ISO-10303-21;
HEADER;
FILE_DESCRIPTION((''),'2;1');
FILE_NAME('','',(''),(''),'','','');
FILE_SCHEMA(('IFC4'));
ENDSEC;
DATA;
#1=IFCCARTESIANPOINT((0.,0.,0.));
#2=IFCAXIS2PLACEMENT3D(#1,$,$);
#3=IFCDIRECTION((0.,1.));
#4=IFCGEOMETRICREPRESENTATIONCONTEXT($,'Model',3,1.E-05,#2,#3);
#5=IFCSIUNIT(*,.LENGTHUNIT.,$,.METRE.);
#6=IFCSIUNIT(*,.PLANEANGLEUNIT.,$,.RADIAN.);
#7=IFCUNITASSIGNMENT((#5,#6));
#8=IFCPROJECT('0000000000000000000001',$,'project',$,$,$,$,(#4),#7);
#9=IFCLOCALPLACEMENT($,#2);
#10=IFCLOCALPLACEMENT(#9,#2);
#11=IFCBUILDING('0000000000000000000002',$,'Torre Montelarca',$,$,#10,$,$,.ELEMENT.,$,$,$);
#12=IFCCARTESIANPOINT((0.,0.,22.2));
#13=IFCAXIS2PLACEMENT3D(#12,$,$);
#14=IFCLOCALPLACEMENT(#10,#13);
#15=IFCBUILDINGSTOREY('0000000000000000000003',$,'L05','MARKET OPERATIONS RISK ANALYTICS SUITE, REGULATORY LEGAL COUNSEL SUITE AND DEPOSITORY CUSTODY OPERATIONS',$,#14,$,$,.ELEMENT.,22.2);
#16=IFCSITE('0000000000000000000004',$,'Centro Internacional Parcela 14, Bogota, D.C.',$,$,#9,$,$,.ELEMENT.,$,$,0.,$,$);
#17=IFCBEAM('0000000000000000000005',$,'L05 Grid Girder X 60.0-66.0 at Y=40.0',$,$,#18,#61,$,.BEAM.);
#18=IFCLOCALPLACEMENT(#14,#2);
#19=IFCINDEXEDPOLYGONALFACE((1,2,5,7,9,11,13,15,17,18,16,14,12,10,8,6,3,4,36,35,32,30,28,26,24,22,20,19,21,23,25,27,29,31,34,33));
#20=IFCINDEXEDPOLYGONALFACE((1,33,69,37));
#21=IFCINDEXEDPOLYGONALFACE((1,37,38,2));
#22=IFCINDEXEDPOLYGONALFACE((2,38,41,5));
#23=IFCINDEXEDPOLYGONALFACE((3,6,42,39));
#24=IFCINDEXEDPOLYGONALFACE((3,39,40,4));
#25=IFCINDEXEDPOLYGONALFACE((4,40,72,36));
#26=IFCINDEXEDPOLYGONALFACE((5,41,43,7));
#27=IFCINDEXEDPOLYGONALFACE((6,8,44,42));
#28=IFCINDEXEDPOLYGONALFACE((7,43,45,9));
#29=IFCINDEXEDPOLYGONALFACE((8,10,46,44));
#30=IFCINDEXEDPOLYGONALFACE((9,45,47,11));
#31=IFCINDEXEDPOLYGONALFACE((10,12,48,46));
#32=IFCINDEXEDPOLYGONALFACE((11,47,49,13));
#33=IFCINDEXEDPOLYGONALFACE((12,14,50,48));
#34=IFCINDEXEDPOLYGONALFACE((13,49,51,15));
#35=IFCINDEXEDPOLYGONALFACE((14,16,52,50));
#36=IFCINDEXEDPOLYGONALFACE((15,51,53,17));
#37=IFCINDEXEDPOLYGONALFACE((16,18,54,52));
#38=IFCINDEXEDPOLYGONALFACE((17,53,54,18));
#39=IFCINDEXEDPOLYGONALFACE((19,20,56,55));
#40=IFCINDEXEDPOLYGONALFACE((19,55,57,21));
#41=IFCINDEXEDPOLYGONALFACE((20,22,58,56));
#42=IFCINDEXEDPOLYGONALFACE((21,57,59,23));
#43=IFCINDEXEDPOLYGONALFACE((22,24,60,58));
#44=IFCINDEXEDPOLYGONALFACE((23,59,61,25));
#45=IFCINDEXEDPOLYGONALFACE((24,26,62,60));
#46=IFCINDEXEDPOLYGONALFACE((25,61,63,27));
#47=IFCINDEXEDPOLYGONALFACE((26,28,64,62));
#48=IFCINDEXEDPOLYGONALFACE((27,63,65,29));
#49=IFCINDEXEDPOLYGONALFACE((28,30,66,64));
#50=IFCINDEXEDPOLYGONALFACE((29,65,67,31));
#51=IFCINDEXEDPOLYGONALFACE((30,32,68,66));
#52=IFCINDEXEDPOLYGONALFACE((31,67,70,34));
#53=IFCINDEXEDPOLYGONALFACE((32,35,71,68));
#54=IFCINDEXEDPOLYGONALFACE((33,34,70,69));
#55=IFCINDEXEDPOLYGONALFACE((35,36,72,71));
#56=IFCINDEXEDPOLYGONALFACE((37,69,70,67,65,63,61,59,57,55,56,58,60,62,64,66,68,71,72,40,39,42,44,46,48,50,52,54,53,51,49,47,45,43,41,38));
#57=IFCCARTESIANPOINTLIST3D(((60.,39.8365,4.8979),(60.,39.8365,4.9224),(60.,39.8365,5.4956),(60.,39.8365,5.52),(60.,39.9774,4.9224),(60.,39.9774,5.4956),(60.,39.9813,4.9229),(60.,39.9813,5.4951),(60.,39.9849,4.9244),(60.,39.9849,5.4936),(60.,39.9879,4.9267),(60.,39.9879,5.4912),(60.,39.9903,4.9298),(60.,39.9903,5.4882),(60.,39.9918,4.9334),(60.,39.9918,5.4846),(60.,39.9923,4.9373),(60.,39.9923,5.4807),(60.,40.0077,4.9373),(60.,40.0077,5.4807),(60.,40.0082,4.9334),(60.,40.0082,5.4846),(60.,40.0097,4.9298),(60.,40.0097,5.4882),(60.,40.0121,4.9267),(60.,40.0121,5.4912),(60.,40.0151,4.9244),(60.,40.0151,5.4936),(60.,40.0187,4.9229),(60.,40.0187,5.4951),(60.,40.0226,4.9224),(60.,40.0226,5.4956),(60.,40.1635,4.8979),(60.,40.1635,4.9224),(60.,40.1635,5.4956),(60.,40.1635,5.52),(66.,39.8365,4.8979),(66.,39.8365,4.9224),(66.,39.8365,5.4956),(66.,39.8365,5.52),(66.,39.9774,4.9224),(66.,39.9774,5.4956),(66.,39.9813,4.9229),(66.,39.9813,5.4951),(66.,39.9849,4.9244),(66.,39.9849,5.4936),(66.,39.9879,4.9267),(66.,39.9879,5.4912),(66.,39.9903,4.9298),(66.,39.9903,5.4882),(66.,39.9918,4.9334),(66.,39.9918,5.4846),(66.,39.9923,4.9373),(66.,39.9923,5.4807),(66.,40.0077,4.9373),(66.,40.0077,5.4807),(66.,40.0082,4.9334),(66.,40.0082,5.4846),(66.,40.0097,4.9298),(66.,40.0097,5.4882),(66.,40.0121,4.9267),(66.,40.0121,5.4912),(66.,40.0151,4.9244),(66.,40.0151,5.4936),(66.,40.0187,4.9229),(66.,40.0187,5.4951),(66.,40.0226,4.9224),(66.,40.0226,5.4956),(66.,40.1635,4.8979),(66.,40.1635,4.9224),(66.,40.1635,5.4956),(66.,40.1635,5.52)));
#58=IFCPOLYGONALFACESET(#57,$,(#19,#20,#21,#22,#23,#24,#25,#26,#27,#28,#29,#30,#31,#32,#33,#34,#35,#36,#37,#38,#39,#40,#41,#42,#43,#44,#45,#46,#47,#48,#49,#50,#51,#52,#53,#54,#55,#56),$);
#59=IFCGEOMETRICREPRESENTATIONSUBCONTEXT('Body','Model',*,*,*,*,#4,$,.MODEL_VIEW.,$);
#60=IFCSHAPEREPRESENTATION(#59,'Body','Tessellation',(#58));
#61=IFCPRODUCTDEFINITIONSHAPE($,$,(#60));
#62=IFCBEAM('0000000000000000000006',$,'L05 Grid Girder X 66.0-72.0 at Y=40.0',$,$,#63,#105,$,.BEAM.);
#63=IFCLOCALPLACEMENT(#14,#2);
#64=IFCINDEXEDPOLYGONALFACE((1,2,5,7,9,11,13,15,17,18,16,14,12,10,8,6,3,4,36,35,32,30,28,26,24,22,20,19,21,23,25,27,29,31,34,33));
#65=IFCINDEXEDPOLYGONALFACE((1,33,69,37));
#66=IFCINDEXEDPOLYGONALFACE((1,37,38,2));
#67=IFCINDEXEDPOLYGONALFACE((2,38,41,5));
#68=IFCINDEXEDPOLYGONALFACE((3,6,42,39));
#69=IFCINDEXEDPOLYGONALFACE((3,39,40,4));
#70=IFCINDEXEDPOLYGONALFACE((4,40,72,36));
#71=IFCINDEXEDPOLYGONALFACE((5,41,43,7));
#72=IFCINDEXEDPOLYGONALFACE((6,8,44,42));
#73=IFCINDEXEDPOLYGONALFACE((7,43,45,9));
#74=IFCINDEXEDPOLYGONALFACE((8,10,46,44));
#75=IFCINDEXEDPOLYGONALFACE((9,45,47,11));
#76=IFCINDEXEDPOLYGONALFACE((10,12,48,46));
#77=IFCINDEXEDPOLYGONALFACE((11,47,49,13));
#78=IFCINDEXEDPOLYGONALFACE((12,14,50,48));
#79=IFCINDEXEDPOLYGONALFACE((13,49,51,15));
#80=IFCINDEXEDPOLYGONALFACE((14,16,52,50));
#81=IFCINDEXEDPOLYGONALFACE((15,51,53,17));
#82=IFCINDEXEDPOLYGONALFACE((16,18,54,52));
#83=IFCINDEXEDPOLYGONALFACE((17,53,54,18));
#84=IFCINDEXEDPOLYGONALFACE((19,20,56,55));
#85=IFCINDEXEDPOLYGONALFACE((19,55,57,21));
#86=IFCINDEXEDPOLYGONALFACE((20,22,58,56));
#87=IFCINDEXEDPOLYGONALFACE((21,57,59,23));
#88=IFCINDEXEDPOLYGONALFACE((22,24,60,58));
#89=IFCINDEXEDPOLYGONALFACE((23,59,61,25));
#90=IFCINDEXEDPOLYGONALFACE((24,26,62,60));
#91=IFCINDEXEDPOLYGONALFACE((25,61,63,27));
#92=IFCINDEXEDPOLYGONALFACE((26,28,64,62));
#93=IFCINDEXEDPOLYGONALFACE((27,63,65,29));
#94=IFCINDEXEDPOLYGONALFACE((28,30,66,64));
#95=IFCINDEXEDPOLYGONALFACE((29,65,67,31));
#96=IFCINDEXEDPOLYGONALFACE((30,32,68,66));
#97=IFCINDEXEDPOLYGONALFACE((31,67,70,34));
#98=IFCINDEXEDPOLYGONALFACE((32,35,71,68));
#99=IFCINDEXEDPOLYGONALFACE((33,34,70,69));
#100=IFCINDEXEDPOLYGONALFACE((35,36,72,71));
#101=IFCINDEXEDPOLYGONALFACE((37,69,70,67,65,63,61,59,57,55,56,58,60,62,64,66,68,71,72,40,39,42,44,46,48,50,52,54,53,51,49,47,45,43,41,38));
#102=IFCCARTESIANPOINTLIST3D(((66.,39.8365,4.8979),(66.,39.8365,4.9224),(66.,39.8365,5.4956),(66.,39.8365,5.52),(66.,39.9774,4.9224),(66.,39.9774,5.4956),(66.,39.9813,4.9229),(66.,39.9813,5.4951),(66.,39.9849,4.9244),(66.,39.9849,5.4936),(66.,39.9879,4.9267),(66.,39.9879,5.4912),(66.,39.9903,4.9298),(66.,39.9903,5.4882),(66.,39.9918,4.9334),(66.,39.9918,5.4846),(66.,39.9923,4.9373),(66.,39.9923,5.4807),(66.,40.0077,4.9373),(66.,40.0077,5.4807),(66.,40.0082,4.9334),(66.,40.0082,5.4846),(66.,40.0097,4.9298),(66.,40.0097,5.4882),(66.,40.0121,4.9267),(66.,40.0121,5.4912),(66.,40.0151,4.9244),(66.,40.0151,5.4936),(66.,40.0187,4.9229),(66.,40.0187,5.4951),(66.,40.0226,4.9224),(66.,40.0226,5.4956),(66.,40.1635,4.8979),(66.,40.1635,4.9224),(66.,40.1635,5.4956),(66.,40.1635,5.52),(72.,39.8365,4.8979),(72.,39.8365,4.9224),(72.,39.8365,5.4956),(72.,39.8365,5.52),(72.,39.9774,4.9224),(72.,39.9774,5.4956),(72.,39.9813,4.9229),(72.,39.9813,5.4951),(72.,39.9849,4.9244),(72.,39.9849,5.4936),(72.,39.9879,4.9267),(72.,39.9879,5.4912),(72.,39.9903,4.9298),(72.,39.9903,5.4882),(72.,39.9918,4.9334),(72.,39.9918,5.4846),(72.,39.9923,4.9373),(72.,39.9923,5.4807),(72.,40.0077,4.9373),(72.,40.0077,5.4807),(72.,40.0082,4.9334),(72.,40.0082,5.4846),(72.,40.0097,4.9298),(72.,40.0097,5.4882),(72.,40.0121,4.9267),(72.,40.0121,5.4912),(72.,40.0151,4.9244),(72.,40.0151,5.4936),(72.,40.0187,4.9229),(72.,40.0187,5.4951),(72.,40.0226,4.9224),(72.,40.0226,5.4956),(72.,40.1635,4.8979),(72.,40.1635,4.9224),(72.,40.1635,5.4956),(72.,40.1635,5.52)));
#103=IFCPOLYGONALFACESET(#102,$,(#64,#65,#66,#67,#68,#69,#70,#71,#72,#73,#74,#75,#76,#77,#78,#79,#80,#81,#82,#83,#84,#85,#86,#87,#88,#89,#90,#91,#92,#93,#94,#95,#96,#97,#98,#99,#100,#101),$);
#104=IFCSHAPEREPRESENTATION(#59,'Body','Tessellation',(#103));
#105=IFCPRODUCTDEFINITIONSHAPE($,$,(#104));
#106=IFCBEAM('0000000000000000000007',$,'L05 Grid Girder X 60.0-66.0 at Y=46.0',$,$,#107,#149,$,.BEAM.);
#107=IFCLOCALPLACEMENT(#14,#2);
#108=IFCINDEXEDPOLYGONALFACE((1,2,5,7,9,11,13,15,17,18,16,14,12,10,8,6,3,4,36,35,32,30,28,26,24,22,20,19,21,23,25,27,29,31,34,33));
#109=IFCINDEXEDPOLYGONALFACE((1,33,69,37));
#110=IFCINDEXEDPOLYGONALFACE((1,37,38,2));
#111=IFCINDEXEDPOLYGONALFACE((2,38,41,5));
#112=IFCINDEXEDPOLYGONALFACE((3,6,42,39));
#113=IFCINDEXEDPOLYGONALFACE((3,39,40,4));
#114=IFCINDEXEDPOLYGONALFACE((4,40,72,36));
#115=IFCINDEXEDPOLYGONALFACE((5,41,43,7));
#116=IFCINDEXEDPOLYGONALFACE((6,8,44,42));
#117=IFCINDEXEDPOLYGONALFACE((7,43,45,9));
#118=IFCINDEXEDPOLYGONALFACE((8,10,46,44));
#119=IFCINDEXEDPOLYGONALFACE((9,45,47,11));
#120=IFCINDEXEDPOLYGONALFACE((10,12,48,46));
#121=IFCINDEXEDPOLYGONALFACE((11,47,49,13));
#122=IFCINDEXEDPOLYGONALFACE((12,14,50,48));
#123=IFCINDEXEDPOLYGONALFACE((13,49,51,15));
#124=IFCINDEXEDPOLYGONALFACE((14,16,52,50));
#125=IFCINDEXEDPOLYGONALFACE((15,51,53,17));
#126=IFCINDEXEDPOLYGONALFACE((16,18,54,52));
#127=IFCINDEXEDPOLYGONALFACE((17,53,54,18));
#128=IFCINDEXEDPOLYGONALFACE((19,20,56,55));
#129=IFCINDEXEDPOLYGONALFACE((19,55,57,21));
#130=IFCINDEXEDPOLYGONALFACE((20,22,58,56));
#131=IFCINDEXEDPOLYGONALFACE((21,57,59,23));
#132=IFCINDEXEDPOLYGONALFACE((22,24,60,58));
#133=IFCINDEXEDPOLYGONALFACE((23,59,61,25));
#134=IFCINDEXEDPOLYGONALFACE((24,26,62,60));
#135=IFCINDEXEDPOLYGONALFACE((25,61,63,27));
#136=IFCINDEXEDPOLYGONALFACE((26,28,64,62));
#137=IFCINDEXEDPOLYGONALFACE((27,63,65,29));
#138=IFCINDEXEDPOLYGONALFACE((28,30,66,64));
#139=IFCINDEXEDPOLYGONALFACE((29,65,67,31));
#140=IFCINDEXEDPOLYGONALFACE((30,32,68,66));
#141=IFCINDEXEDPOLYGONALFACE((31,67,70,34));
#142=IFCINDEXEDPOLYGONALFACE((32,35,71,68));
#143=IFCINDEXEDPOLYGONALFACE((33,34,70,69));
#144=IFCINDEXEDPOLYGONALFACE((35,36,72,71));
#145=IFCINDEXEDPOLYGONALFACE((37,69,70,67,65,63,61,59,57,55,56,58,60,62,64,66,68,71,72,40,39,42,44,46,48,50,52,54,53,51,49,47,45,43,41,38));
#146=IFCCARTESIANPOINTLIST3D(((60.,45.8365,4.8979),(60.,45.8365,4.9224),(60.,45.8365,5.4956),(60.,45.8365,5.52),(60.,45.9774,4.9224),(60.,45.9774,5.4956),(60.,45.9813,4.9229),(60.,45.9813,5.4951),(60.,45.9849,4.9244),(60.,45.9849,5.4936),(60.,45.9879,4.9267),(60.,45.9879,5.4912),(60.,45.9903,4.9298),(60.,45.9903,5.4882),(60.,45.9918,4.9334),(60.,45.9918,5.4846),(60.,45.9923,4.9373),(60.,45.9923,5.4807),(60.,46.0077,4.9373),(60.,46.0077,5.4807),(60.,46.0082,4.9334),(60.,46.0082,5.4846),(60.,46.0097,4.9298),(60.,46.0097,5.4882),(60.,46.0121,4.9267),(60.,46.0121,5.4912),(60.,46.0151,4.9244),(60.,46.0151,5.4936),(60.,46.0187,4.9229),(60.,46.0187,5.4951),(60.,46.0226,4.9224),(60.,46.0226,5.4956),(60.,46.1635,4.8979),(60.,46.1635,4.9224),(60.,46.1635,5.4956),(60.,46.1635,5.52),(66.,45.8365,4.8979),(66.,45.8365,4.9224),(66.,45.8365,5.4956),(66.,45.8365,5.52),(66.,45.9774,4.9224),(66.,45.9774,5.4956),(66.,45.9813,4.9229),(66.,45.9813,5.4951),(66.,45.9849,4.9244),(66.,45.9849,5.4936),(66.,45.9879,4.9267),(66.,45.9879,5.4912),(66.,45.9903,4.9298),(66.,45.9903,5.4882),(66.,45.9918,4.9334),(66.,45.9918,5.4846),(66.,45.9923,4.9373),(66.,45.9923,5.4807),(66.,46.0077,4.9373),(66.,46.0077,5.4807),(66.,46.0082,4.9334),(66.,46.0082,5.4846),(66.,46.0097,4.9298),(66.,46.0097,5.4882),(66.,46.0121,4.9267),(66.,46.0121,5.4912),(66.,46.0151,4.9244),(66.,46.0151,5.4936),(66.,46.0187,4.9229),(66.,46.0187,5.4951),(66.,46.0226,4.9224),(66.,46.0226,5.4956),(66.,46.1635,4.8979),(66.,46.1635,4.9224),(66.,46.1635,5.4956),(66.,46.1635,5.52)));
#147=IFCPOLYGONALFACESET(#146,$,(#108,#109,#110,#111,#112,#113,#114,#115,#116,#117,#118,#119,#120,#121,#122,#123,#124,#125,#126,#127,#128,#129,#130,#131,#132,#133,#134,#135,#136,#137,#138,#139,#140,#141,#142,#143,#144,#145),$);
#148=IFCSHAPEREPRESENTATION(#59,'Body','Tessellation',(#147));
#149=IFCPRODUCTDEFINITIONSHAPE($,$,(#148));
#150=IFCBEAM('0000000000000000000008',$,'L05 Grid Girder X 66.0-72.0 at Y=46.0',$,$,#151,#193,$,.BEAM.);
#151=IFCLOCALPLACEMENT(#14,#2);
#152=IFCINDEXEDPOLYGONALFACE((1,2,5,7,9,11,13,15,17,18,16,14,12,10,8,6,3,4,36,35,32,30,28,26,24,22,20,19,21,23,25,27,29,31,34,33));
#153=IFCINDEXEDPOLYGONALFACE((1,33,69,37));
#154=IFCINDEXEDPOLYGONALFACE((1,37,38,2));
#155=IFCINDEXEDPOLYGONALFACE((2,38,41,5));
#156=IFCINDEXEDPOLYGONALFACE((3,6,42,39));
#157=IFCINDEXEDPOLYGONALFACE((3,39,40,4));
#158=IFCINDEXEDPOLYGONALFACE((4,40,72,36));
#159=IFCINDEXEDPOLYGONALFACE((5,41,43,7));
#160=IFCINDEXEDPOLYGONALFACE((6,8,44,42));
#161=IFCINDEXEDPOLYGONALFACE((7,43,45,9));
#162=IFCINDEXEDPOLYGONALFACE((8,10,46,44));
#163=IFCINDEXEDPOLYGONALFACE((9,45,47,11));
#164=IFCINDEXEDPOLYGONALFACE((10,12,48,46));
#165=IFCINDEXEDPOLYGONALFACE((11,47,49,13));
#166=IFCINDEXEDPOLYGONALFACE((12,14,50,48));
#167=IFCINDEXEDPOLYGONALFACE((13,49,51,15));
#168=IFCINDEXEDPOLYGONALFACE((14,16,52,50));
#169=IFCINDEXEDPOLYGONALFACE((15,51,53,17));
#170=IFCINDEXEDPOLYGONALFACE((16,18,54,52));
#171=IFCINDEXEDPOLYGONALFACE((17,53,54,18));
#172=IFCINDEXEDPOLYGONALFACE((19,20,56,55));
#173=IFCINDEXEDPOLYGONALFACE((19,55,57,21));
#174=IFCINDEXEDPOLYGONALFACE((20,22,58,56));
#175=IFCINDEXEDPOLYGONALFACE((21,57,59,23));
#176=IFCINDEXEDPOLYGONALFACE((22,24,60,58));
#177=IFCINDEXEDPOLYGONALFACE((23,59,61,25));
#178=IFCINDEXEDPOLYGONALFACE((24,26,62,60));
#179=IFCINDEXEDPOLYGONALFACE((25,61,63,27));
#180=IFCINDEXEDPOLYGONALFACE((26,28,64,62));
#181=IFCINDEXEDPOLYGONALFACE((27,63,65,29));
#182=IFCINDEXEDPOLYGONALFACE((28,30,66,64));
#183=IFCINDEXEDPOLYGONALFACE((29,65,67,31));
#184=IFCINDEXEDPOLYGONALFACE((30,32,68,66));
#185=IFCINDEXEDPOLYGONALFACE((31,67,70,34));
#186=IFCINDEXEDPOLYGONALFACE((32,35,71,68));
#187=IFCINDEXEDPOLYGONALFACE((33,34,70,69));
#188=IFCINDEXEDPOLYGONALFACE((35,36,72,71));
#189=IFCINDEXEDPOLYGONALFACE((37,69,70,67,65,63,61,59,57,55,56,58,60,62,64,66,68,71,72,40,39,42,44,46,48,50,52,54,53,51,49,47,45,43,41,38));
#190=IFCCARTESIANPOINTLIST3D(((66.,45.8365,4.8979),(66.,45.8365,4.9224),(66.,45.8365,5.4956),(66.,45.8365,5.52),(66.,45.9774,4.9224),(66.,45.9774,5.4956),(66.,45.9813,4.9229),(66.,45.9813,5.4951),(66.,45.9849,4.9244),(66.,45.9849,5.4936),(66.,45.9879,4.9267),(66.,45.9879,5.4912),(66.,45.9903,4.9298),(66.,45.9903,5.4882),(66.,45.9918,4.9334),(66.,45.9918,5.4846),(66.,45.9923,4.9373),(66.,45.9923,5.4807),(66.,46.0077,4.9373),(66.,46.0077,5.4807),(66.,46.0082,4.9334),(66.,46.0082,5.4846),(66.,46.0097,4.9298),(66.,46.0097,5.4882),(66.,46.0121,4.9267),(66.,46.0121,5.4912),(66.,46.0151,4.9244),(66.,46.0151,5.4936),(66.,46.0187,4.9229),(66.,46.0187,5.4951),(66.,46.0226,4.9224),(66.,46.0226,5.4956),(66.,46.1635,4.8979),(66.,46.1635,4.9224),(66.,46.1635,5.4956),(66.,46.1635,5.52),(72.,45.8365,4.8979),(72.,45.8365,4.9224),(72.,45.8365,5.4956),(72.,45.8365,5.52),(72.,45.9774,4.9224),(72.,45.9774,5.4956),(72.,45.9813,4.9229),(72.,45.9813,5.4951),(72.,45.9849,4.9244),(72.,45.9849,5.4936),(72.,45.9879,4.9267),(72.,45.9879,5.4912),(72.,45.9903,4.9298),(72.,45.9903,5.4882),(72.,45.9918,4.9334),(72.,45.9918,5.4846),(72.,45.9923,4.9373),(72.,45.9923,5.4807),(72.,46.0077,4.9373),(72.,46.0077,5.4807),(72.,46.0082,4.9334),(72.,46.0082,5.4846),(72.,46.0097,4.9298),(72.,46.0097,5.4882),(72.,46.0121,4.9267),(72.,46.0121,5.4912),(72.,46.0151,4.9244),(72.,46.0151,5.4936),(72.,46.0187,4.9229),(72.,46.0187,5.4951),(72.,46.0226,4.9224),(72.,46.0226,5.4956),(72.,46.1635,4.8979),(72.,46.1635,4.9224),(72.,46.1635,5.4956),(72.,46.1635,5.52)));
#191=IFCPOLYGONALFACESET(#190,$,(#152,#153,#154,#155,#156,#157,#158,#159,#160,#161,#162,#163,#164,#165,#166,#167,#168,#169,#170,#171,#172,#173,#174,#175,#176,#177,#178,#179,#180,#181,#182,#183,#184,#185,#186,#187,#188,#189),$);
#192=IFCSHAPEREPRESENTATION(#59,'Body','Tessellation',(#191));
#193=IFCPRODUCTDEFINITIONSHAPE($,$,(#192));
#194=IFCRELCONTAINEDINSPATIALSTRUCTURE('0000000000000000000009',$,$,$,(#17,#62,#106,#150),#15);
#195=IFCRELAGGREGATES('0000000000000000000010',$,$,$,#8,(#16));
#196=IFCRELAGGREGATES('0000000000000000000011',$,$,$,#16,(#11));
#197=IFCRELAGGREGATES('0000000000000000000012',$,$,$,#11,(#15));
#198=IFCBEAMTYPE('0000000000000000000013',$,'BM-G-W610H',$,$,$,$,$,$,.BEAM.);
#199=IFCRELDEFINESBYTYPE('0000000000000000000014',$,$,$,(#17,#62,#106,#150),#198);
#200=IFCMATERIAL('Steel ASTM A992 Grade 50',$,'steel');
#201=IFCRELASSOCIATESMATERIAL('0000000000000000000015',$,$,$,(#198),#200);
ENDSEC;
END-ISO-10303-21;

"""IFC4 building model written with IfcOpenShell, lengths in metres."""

from ifc_helpers import new_model, si_unit, direction, frame, origin, origin_2d, place, context, subcontext, project, spatial, i_section, extrude, source, transform, mapped, material, material_profile, profile_set, type_object, element, save


model = new_model("IFC4")

# Units and contexts
model_context = context("Model", 3, precision=1e-05, world=origin(), true_north=direction((0.0, 1.0)))
body_context = subcontext(model_context, "Body", "Model", "MODEL_VIEW")
ifc_project = project(units=[si_unit("LENGTHUNIT", "METRE"), si_unit("PLANEANGLEUNIT", "RADIAN")], contexts=[model_context])

# Site, building, storey
site_placement = place(None, origin())
site = spatial("IfcSite", under=ifc_project, at=site_placement, Name="Centro Internacional Parcela 14, Bogota, D.C.", CompositionType="ELEMENT", RefElevation=0.0)
building_placement = place(site_placement, origin())
building = spatial("IfcBuilding", under=site, at=building_placement, Name="Torre Montelarca", CompositionType="ELEMENT")
storey_placement = place(building_placement, frame((0.0, 0.0, 22.2)))
storey = spatial("IfcBuildingStorey", under=building, at=storey_placement, Name="L05", Description="MARKET OPERATIONS RISK ANALYTICS SUITE, REGULATORY LEGAL COUNSEL SUITE AND DEPOSITORY CUSTODY OPERATIONS", CompositionType="ELEMENT", Elevation=22.2)

# Shared definitions
ifc_material_1 = material(Name="Steel ASTM A992 Grade 50", Category="steel")

# Beams
ifc_material_profile_1 = material_profile(ifc_material_1, i_section(OverallWidth=0.3269, OverallDepth=0.6221, WebThickness=0.0154, FlangeThickness=0.0244, FilletRadius=0.0149, at=origin_2d()), Name="W610X195", Category="steel")
ifc_profile_set_1 = profile_set([ifc_material_profile_1], Name="Steel ASTM A992 Grade 50")
beam_type_1 = type_object("IfcBeamType", Name="BM-G-W610H", PredefinedType="BEAM", material=ifc_profile_set_1)
shared_shape_1 = source(origin(), body_context, "Body", "SweptSolid", [
    extrude(i_section(OverallWidth=0.3269, OverallDepth=0.6221, WebThickness=0.0154, FlangeThickness=0.0244, FilletRadius=0.0149, at=origin_2d()), origin(), (0.0, 0.0, 1.0), 6.0),
])
for number, where, z_axis, x_axis, name in (
    (1, (60.0, 40.0, 5.209), (1.0, 0.0, 0.0), (0.0, 1.0, 0.0), "L05 Grid Girder X 60.0-66.0 at Y=40.0"),
    (2, (66.0, 40.0, 5.209), (1.0, 0.0, 0.0), (0.0, 1.0, 0.0), "L05 Grid Girder X 66.0-72.0 at Y=40.0"),
    (3, (60.0, 46.0, 5.209), (1.0, 0.0, 0.0), (0.0, 1.0, 0.0), "L05 Grid Girder X 60.0-66.0 at Y=46.0"),
    (4, (66.0, 46.0, 5.209), (1.0, 0.0, 0.0), (0.0, 1.0, 0.0), "L05 Grid Girder X 66.0-72.0 at Y=46.0"),
):
    element("IfcBeam", number, at=place(storey_placement, frame(where, z_axis=z_axis, x_axis=x_axis)), inside=storey, type_object=beam_type_1, Name=name, PredefinedType="BEAM", context=body_context, shape_type="MappedRepresentation", body=[
        mapped(shared_shape_1, transform((0.0, 0.0, 0.0), scale=1.0)),
    ])

save(model, "model.ifc")
